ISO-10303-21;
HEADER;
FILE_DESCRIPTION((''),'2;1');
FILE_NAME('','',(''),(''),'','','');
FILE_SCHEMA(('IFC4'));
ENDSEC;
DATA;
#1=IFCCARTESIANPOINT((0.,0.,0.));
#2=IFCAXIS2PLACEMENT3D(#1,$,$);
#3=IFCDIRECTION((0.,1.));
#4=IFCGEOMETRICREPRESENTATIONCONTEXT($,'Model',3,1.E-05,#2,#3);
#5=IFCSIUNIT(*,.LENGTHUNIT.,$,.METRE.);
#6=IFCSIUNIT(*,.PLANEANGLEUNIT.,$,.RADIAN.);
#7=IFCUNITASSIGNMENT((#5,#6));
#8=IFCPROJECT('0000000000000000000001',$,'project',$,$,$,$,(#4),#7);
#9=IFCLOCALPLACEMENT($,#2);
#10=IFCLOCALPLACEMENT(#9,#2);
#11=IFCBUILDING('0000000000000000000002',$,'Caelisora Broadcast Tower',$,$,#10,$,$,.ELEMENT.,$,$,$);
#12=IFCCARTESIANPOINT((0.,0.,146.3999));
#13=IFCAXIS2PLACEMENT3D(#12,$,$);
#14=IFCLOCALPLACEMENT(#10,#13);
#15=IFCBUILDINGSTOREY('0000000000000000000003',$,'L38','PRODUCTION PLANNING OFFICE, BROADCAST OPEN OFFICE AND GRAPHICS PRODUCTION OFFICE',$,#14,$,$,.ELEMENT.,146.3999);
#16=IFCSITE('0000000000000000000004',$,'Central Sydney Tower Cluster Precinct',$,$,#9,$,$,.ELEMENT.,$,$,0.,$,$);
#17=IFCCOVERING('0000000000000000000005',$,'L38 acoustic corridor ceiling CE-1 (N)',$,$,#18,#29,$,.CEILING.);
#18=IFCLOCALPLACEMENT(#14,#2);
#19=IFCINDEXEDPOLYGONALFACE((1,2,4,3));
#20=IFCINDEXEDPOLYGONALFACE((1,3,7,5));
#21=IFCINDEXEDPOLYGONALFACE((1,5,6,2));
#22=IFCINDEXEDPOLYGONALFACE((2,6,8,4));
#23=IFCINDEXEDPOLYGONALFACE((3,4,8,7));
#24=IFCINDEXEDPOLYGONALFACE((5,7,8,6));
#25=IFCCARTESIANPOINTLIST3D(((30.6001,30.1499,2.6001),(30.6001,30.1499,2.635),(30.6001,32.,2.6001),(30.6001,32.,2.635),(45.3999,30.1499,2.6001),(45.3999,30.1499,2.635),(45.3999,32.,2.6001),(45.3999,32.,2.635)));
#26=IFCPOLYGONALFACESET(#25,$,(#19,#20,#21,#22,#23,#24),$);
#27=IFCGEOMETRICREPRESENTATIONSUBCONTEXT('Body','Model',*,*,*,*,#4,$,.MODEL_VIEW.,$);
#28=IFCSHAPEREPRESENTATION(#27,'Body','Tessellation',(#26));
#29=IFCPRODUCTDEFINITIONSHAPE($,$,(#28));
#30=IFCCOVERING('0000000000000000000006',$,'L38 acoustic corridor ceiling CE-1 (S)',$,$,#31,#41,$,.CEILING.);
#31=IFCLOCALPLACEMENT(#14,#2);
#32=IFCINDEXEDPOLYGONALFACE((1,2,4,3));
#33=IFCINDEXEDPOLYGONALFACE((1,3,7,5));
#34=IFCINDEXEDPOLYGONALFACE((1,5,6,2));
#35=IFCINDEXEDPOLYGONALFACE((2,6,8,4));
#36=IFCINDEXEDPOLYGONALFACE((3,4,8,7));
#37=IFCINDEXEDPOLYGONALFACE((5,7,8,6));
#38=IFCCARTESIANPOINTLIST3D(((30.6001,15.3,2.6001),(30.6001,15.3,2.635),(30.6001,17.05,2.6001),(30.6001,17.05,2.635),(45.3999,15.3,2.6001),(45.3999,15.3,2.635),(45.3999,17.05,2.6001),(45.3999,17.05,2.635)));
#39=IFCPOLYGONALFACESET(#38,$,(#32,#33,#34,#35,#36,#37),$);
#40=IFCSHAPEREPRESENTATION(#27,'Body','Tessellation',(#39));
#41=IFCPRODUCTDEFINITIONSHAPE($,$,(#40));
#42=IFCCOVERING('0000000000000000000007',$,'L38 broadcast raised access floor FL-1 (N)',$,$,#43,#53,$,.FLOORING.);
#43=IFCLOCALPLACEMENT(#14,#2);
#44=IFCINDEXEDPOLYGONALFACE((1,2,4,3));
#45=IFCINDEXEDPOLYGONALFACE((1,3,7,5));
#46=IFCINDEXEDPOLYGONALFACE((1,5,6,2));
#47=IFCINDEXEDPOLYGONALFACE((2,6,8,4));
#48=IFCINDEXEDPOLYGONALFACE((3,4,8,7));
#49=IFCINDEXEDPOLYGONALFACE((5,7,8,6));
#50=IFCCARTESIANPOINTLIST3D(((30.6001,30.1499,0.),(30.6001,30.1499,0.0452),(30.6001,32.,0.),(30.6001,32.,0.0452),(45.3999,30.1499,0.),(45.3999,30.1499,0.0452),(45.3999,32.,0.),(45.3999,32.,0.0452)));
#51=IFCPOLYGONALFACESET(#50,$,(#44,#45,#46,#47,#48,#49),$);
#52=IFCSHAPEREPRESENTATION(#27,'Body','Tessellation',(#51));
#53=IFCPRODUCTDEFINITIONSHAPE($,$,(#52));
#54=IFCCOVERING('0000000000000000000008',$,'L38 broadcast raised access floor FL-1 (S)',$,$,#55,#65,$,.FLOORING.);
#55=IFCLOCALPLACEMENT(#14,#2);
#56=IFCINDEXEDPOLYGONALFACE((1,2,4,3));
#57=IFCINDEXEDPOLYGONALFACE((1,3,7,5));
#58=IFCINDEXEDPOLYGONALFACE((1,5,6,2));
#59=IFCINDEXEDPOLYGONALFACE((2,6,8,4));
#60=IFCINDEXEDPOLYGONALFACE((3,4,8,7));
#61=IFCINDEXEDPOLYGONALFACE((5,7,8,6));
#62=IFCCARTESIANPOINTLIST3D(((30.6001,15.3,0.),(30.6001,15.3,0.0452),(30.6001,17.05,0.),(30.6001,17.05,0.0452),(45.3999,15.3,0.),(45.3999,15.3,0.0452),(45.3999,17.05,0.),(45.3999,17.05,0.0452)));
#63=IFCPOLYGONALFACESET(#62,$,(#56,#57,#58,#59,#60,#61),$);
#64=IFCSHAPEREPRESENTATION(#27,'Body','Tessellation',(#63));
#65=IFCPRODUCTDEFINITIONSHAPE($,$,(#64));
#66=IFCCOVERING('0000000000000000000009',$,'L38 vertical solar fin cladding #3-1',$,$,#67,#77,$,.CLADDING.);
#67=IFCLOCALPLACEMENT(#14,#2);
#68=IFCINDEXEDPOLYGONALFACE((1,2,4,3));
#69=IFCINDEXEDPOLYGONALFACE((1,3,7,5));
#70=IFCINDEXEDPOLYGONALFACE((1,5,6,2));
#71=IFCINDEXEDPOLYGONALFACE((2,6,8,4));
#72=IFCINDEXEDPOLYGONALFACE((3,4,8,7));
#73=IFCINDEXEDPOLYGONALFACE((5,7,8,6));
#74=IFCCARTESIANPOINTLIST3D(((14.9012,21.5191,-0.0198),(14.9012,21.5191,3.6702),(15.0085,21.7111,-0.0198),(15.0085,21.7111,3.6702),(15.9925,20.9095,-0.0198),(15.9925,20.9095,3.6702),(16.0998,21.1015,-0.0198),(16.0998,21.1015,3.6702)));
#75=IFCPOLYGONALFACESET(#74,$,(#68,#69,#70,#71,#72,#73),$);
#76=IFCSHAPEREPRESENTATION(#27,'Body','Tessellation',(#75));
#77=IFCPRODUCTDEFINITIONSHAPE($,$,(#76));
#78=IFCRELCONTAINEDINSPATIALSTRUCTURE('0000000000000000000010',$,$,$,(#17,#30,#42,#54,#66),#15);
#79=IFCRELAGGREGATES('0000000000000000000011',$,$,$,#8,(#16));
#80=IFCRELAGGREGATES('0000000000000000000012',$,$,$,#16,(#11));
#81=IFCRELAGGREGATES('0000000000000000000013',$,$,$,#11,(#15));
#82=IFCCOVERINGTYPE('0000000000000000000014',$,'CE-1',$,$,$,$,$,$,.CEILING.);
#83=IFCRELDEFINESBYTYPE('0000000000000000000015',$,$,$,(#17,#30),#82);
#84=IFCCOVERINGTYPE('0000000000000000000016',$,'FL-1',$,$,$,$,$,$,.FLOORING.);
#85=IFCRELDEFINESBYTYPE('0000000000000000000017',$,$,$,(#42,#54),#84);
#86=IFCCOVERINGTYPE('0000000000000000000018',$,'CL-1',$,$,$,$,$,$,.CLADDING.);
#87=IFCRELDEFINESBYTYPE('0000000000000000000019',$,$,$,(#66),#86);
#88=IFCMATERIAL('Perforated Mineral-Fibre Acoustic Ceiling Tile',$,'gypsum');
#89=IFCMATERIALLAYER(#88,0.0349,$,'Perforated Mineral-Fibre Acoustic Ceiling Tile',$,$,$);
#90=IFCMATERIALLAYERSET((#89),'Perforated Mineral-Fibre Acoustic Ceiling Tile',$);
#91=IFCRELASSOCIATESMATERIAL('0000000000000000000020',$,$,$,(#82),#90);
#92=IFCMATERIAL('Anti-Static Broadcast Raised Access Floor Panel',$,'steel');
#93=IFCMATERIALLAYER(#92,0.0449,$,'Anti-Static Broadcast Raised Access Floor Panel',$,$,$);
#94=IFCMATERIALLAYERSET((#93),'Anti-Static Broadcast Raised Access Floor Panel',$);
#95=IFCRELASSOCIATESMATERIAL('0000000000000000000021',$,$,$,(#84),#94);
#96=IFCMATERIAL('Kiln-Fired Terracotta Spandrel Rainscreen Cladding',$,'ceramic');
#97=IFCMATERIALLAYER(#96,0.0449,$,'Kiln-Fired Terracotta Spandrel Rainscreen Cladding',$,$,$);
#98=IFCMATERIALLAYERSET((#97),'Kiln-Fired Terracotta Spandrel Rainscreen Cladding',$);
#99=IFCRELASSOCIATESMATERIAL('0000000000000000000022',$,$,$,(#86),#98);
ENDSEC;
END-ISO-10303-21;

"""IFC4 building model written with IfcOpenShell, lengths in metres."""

from ifc_helpers import new_model, si_unit, direction, frame, origin, origin_2d, place, context, subcontext, project, spatial, polyline, rectangle, outline, extrude, source, transform, mapped, material, layer, layer_set, type_object, type_shapes, element, save


model = new_model("IFC4")

# Units and contexts
model_context = context("Model", 3, precision=1e-05, world=origin(), true_north=direction((0.0, 1.0)))
body_context = subcontext(model_context, "Body", "Model", "MODEL_VIEW")
ifc_project = project(units=[si_unit("LENGTHUNIT", "METRE"), si_unit("PLANEANGLEUNIT", "RADIAN")], contexts=[model_context])

# Site, building, storey
site_placement = place(None, origin())
site = spatial("IfcSite", under=ifc_project, at=site_placement, Name="Central Sydney Tower Cluster Precinct", CompositionType="ELEMENT", RefElevation=0.0)
building_placement = place(site_placement, origin())
building = spatial("IfcBuilding", under=site, at=building_placement, Name="Caelisora Broadcast Tower", CompositionType="ELEMENT")
storey_placement = place(building_placement, frame((0.0, 0.0, 146.3999)))
storey = spatial("IfcBuildingStorey", under=building, at=storey_placement, Name="L38", Description="PRODUCTION PLANNING OFFICE, BROADCAST OPEN OFFICE AND GRAPHICS PRODUCTION OFFICE", CompositionType="ELEMENT", Elevation=146.3999)

# Coverings
ifc_material_1 = material(Name="Perforated Mineral-Fibre Acoustic Ceiling Tile", Category="gypsum")
ifc_layer_1 = layer(ifc_material_1, 0.0349, Name="Perforated Mineral-Fibre Acoustic Ceiling Tile")
ifc_layer_set_1 = layer_set([ifc_layer_1], Name="Perforated Mineral-Fibre Acoustic Ceiling Tile")
covering_type_1 = type_object("IfcCoveringType", Name="CE-1", PredefinedType="CEILING", material=ifc_layer_set_1)
covering_1_placement = place(storey_placement, frame((0.0, 0.0, 2.6001)))
element("IfcCovering", 1, at=covering_1_placement, inside=storey, type_object=covering_type_1, Name="L38 acoustic corridor ceiling CE-1 (N)", PredefinedType="CEILING", context=body_context, shape_type="SweptSolid", body=[
    extrude(outline(polyline([(30.6001, 30.1499), (45.3999, 30.1499), (45.3999, 32.0), (30.6001, 32.0), (30.6001, 30.1499)])), origin(), (0.0, 0.0, 1.0), 0.0349),
])
covering_2_placement = place(storey_placement, frame((0.0, 0.0, 2.6001)))
element("IfcCovering", 2, at=covering_2_placement, inside=storey, type_object=covering_type_1, Name="L38 acoustic corridor ceiling CE-1 (S)", PredefinedType="CEILING", context=body_context, shape_type="SweptSolid", body=[
    extrude(outline(polyline([(30.6001, 15.3), (45.3999, 15.3), (45.3999, 17.05), (30.6001, 17.05), (30.6001, 15.3)])), origin(), (0.0, 0.0, 1.0), 0.0349),
])
ifc_material_2 = material(Name="Anti-Static Broadcast Raised Access Floor Panel", Category="steel")
ifc_layer_2 = layer(ifc_material_2, 0.0449, Name="Anti-Static Broadcast Raised Access Floor Panel")
ifc_layer_set_2 = layer_set([ifc_layer_2], Name="Anti-Static Broadcast Raised Access Floor Panel")
covering_type_2 = type_object("IfcCoveringType", Name="FL-1", PredefinedType="FLOORING", material=ifc_layer_set_2)
covering_3_placement = place(storey_placement, origin())
element("IfcCovering", 3, at=covering_3_placement, inside=storey, type_object=covering_type_2, Name="L38 broadcast raised access floor FL-1 (N)", PredefinedType="FLOORING", context=body_context, shape_type="SweptSolid", body=[
    extrude(outline(polyline([(30.6001, 30.1499), (45.3999, 30.1499), (45.3999, 32.0), (30.6001, 32.0), (30.6001, 30.1499)])), origin(), (0.0, 0.0, 1.0), 0.0452),
])
covering_4_placement = place(storey_placement, origin())
element("IfcCovering", 4, at=covering_4_placement, inside=storey, type_object=covering_type_2, Name="L38 broadcast raised access floor FL-1 (S)", PredefinedType="FLOORING", context=body_context, shape_type="SweptSolid", body=[
    extrude(outline(polyline([(30.6001, 15.3), (45.3999, 15.3), (45.3999, 17.05), (30.6001, 17.05), (30.6001, 15.3)])), origin(), (0.0, 0.0, 1.0), 0.0452),
])
ifc_material_3 = material(Name="Kiln-Fired Terracotta Spandrel Rainscreen Cladding", Category="ceramic")
ifc_layer_3 = layer(ifc_material_3, 0.0449, Name="Kiln-Fired Terracotta Spandrel Rainscreen Cladding")
ifc_layer_set_3 = layer_set([ifc_layer_3], Name="Kiln-Fired Terracotta Spandrel Rainscreen Cladding")
covering_type_3 = type_object("IfcCoveringType", Name="CL-1", PredefinedType="CLADDING", material=ifc_layer_set_3)
shared_shape_1 = source(origin(), body_context, "Body", "SweptSolid", [
    extrude(rectangle(XDim=0.22, YDim=1.25, at=origin_2d()), origin(), (0.0, 0.0, 1.0), 3.6899),
])
type_shapes(covering_type_3, [shared_shape_1])
covering_5_placement = place(storey_placement, frame((15.5005, 21.3103, -0.0198), z_axis=(0.0, 0.0, 1.0), x_axis=(0.487707, 0.873007, 0.0)))
element("IfcCovering", 5, at=covering_5_placement, inside=storey, type_object=covering_type_3, Name="L38 vertical solar fin cladding #3-1", PredefinedType="CLADDING", context=body_context, shape_type="MappedRepresentation", body=[
    mapped(shared_shape_1, transform((0.0, 0.0, 0.0), scale=1.0)),
])

save(model, "model.ifc")
